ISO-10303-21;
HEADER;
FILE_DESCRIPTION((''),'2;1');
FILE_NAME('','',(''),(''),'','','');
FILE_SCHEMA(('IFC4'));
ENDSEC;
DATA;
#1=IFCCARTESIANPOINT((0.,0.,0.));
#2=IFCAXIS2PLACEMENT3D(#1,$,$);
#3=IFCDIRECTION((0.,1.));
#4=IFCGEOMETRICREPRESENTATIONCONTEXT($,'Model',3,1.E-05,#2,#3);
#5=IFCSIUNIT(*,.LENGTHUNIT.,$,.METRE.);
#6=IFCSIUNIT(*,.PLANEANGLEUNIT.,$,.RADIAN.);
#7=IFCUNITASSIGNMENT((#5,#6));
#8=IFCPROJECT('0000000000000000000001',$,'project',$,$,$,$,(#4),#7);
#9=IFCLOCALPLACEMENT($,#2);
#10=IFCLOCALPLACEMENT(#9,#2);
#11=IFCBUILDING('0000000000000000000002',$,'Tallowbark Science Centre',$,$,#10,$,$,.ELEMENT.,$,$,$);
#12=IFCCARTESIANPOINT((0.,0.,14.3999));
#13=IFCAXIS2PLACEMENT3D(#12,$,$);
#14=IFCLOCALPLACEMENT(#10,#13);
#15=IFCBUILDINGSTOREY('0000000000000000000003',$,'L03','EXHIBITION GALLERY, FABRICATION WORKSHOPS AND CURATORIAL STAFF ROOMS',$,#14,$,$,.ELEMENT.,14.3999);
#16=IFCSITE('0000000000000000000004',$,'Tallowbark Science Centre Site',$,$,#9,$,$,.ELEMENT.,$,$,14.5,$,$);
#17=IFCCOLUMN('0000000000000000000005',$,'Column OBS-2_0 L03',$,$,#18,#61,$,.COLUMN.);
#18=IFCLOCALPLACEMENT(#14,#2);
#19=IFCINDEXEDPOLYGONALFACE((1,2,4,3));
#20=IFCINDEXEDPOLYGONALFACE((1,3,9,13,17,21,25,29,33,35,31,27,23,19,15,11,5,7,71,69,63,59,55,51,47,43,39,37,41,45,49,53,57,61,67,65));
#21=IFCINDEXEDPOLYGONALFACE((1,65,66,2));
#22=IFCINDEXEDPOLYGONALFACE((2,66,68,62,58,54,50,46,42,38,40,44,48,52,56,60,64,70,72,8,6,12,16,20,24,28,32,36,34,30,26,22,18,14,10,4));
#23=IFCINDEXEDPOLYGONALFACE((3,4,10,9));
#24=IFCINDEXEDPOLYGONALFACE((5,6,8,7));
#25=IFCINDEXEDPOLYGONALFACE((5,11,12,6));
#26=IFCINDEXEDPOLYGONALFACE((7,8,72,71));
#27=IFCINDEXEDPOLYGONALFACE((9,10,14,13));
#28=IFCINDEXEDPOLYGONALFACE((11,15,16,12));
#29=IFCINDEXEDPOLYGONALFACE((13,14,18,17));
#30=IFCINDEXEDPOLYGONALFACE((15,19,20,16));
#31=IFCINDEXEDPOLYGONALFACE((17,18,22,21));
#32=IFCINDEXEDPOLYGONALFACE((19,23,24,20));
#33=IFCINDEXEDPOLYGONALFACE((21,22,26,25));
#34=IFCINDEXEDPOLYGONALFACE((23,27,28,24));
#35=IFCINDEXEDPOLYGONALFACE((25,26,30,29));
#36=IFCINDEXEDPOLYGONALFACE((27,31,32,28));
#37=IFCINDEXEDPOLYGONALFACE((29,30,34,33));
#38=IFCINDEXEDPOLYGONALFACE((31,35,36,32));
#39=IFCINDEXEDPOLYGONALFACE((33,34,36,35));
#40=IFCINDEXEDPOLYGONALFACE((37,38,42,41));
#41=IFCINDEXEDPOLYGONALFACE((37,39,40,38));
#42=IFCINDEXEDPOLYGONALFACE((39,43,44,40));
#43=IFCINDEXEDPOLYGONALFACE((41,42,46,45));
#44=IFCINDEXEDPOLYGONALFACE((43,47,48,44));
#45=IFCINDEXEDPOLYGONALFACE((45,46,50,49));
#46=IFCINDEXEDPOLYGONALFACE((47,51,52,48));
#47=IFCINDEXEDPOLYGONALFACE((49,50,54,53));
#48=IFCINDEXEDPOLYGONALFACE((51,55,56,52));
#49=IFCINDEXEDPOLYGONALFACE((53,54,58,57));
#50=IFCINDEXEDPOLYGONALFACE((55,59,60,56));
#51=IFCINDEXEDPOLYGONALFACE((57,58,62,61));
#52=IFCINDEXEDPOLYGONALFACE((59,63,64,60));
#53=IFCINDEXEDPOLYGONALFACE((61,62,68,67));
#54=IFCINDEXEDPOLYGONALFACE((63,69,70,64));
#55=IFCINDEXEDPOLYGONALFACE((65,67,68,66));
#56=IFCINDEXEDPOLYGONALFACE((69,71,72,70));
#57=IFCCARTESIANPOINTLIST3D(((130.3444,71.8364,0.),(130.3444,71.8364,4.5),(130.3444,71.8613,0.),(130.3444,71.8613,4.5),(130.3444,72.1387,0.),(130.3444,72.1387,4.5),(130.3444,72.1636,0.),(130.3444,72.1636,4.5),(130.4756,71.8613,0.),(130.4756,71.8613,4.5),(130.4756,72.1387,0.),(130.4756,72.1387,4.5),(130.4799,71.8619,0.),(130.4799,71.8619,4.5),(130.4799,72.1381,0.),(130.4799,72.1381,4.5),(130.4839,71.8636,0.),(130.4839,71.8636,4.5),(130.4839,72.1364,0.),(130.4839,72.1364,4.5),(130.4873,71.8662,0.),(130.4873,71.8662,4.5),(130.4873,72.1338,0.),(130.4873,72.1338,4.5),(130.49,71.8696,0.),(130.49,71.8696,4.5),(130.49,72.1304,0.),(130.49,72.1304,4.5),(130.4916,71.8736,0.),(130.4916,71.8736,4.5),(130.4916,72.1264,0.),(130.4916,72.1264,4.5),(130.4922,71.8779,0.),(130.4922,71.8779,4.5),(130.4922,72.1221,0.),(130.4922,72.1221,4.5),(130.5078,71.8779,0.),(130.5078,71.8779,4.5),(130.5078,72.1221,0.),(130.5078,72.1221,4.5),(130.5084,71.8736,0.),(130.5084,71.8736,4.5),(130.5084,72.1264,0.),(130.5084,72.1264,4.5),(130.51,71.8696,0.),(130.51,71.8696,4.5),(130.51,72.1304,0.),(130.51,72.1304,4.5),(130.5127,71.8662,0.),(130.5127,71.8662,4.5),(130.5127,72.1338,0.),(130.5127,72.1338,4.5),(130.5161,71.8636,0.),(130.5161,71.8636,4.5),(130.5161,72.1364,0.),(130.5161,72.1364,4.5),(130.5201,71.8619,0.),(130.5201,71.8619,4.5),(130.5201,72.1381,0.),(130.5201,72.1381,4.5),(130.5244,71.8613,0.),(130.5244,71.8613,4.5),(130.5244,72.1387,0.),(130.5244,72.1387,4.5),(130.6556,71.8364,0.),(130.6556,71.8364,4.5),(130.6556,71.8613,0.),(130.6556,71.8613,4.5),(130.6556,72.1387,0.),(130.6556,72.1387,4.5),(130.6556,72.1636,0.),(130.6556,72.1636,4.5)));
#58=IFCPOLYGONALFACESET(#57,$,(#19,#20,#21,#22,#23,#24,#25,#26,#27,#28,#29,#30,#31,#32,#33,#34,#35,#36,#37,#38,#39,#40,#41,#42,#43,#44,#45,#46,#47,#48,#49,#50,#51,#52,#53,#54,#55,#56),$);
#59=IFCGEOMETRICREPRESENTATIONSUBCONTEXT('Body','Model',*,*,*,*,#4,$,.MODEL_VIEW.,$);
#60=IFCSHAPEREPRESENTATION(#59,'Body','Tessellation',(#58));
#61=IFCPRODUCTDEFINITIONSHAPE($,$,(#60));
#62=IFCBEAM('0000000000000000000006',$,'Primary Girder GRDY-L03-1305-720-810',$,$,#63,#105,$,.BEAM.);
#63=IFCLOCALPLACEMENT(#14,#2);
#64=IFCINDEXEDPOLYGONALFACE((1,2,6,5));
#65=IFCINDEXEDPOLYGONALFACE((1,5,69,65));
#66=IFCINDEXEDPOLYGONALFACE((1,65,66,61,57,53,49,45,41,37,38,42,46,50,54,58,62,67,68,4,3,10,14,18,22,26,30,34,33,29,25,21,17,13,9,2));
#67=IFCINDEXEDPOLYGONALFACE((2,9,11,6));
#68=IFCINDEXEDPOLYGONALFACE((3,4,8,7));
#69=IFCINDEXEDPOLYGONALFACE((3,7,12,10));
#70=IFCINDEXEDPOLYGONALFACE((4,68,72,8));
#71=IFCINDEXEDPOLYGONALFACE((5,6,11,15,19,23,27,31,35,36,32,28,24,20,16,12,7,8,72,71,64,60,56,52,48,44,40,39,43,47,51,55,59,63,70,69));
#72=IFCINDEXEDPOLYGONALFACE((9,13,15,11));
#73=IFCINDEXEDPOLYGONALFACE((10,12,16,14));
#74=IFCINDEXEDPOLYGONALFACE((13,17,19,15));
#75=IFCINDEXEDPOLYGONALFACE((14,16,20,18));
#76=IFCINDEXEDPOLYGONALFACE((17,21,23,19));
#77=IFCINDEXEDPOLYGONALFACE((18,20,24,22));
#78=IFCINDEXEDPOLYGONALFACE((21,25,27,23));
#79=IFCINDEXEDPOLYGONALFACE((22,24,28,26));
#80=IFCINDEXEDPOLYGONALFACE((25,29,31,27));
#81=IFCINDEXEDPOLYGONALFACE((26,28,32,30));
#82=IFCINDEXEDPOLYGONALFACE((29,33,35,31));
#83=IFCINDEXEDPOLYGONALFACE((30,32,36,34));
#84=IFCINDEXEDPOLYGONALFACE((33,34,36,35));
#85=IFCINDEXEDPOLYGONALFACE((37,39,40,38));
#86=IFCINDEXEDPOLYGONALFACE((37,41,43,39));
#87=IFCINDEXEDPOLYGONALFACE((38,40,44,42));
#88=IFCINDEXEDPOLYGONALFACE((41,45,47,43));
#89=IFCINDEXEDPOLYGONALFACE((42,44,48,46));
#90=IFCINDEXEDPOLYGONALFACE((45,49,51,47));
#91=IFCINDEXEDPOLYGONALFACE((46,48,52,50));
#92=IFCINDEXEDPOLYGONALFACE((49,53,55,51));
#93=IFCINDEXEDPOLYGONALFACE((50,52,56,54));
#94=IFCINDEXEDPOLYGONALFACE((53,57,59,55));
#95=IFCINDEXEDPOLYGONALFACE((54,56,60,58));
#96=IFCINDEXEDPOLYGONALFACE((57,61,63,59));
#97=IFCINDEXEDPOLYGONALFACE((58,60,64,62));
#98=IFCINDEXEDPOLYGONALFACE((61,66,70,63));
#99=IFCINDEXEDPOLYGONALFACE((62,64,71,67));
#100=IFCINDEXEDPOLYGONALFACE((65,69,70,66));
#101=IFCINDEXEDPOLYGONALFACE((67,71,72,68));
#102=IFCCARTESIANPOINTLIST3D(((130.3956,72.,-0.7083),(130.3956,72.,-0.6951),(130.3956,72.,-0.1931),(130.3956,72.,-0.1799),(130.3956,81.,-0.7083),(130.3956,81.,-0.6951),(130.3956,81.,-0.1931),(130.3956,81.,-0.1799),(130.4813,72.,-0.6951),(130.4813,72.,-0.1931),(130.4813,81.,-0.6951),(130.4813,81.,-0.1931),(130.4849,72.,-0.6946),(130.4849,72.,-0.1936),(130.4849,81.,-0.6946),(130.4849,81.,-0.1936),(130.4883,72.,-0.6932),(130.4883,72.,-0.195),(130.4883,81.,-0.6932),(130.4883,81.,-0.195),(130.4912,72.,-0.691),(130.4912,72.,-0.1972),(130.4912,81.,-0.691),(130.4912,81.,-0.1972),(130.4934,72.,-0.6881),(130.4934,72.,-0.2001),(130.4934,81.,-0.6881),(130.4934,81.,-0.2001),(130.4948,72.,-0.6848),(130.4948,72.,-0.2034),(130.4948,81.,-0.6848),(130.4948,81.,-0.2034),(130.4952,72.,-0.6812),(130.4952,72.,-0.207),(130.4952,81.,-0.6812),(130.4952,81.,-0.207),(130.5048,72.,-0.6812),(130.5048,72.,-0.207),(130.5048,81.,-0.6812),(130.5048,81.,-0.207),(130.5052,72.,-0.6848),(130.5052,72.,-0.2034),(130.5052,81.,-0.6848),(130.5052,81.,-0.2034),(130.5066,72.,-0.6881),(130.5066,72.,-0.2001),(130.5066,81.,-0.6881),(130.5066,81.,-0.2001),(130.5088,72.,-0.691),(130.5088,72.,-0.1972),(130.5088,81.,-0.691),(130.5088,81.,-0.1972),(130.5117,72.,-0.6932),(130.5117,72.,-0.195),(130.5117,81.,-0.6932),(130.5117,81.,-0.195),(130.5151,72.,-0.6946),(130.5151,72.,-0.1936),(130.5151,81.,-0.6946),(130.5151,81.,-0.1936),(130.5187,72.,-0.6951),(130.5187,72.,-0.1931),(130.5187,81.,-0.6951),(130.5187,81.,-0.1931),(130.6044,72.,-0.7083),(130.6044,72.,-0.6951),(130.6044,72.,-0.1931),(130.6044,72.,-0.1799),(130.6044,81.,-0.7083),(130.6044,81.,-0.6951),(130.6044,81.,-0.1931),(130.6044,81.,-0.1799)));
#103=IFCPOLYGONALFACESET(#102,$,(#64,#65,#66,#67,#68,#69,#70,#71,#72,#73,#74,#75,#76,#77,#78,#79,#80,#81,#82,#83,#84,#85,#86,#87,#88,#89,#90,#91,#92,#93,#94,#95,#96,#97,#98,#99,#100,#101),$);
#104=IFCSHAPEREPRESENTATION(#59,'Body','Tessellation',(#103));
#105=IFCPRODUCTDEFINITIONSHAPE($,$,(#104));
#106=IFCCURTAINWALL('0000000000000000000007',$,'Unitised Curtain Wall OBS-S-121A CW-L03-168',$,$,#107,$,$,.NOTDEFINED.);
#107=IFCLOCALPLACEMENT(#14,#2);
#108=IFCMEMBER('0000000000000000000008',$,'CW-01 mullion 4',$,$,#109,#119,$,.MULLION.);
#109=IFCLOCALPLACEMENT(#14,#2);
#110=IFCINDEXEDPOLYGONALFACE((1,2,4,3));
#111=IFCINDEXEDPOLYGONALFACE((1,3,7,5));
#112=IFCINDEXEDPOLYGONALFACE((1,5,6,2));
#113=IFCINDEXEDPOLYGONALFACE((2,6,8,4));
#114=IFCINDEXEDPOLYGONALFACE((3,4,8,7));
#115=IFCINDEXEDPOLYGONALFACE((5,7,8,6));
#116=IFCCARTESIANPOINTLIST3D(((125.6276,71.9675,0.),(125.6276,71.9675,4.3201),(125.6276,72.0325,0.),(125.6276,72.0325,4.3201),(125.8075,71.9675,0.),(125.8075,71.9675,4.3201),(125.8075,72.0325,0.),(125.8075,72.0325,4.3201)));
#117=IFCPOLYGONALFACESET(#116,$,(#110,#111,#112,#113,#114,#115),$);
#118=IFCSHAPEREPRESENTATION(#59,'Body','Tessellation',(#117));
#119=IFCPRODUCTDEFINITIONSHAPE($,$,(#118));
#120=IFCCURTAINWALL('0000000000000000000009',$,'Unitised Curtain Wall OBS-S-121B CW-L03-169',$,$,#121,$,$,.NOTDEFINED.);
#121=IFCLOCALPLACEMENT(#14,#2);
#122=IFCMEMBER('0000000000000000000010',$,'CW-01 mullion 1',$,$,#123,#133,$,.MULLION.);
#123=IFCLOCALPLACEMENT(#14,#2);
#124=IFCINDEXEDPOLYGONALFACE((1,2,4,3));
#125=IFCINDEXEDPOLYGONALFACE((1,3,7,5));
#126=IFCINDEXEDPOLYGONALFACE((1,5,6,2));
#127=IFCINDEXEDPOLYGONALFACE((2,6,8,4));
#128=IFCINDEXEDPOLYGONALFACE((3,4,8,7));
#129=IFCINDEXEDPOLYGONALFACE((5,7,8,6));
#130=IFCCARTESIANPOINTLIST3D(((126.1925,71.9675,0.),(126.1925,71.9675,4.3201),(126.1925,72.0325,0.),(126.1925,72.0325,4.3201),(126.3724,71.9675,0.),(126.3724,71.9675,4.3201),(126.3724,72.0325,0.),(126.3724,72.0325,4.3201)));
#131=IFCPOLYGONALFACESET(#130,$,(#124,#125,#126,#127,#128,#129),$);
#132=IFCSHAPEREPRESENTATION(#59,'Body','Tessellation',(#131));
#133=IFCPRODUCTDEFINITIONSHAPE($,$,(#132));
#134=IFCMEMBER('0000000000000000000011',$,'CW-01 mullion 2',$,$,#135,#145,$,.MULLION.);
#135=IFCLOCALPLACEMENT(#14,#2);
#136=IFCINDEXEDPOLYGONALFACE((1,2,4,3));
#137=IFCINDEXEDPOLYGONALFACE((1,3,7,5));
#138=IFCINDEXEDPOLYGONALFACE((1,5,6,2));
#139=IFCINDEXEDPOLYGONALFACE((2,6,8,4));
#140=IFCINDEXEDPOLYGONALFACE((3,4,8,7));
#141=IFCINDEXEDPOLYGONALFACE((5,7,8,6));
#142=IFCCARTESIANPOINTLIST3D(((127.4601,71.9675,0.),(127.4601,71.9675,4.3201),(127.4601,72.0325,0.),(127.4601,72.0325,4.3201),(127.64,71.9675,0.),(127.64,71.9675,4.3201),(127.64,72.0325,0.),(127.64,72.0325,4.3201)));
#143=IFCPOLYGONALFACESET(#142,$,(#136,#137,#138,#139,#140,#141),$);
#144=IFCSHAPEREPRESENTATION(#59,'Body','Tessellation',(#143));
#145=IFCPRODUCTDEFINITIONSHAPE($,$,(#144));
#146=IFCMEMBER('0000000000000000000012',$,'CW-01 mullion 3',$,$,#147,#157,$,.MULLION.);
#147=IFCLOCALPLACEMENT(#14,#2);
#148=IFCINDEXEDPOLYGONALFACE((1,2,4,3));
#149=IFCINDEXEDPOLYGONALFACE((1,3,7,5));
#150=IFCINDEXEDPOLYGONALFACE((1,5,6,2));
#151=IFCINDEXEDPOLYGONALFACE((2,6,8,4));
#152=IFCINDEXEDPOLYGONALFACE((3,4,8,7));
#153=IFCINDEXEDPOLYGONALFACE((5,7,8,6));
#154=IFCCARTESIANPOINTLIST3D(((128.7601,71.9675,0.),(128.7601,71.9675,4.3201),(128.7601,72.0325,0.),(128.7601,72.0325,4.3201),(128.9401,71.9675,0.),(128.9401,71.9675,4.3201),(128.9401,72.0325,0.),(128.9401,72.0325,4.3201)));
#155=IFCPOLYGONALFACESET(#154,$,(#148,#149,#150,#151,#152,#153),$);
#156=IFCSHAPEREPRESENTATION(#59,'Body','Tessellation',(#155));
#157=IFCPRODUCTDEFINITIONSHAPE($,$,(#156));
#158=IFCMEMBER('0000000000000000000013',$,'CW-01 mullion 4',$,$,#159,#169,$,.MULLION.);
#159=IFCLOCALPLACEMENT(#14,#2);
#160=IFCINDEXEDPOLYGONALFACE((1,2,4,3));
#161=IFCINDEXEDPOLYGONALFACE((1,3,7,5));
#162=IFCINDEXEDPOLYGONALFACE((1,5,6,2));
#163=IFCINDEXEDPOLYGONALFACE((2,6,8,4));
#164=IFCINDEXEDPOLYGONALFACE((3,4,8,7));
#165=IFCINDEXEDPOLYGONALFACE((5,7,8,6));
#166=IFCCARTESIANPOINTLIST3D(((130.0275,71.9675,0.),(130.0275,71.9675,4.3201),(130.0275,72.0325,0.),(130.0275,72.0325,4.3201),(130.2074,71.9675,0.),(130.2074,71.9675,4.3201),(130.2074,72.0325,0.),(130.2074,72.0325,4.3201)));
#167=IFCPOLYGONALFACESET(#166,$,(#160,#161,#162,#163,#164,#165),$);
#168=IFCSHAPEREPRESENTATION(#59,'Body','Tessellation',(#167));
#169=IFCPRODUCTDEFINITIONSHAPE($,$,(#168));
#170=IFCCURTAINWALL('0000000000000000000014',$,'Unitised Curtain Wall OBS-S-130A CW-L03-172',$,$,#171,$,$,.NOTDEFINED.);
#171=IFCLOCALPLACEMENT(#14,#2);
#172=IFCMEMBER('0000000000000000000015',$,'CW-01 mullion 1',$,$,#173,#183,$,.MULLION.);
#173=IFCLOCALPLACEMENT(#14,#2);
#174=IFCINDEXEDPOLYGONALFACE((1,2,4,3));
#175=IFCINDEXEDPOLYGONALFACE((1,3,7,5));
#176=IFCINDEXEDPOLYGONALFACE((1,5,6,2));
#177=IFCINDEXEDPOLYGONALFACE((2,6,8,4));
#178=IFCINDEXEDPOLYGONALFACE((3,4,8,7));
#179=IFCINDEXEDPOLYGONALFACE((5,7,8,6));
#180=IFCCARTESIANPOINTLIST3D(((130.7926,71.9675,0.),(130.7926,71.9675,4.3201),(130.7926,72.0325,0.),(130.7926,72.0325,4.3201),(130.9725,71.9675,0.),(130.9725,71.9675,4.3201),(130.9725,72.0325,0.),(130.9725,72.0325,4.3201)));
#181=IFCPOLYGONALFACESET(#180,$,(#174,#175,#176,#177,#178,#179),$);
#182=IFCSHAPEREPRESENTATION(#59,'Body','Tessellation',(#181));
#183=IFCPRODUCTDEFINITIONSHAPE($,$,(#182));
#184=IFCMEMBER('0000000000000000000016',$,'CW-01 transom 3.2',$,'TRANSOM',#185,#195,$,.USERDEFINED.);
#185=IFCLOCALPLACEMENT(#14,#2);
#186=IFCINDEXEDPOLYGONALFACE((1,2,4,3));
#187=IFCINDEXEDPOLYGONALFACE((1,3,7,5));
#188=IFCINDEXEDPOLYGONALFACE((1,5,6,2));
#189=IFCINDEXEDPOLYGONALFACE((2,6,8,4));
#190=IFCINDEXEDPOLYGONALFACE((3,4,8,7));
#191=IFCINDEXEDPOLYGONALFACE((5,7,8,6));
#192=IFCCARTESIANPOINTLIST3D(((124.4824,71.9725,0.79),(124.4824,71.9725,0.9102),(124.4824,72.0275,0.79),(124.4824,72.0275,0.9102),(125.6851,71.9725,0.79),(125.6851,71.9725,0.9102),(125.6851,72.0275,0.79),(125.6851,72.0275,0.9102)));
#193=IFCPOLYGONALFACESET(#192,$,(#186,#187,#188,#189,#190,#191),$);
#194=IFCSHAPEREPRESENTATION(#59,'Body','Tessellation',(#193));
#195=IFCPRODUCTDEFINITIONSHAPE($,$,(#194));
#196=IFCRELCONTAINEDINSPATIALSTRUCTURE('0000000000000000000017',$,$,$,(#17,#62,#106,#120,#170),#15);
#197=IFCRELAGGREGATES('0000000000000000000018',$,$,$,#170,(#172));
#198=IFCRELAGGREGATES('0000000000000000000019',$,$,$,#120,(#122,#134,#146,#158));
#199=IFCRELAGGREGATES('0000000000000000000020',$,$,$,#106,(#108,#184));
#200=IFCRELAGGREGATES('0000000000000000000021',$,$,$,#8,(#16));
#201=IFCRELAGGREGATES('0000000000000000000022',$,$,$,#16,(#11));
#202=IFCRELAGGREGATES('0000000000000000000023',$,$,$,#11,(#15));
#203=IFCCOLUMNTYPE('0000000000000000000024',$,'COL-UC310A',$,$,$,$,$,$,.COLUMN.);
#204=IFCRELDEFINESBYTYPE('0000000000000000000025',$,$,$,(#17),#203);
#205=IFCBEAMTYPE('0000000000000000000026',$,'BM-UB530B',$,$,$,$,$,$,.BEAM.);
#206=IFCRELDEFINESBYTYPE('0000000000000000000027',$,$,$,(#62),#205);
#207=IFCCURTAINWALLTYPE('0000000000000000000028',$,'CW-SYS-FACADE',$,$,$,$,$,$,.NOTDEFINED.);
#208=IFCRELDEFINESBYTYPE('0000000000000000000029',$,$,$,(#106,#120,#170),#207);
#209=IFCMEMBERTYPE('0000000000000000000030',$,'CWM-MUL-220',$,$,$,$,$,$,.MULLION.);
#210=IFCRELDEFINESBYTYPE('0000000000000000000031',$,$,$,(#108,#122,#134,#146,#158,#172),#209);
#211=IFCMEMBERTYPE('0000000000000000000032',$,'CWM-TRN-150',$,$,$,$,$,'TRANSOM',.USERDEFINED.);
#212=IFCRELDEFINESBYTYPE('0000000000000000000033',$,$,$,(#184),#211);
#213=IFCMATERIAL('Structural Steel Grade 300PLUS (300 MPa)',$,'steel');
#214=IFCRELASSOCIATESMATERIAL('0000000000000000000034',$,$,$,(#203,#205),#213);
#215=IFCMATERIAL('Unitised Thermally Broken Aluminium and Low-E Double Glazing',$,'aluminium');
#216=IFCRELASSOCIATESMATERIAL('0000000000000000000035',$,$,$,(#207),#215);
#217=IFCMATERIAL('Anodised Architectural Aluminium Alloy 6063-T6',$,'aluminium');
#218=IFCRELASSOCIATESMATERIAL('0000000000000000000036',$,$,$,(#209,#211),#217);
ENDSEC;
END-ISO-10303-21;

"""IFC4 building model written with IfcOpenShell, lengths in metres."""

from ifc_helpers import new_model, si_unit, direction, frame, origin, origin_2d, place, context, subcontext, project, spatial, rectangle, i_section, extrude, material, material_profile, profile_set, type_object, element, aggregate, save


model = new_model("IFC4")

# Units and contexts
model_context = context("Model", 3, precision=1e-05, world=origin(), true_north=direction((0.0, 1.0)))
body_context = subcontext(model_context, "Body", "Model", "MODEL_VIEW")
ifc_project = project(units=[si_unit("LENGTHUNIT", "METRE"), si_unit("PLANEANGLEUNIT", "RADIAN")], contexts=[model_context])

# Site, building, storey
site_placement = place(None, origin())
site = spatial("IfcSite", under=ifc_project, at=site_placement, Name="Tallowbark Science Centre Site", CompositionType="ELEMENT", RefElevation=14.5)
building_placement = place(site_placement, origin())
building = spatial("IfcBuilding", under=site, at=building_placement, Name="Tallowbark Science Centre", CompositionType="ELEMENT")
storey_placement = place(building_placement, frame((0.0, 0.0, 14.3999)))
storey = spatial("IfcBuildingStorey", under=building, at=storey_placement, Name="L03", Description="EXHIBITION GALLERY, FABRICATION WORKSHOPS AND CURATORIAL STAFF ROOMS", CompositionType="ELEMENT", Elevation=14.3999)

# Column
ifc_material_1 = material(Name="Structural Steel Grade 300PLUS (300 MPa)", Category="steel")
ifc_material_profile_1 = material_profile(ifc_material_1, i_section(OverallWidth=0.3113, OverallDepth=0.3271, WebThickness=0.0156, FlangeThickness=0.0249, FilletRadius=0.0166, at=origin_2d()), Name="310UC158")
ifc_profile_set_1 = profile_set([ifc_material_profile_1], Name="Structural Steel Grade 300PLUS (300 MPa)")
column_type = type_object("IfcColumnType", Name="COL-UC310A", PredefinedType="COLUMN", material=ifc_profile_set_1)
column_placement = place(storey_placement, frame((130.5, 72.0, 0.0), z_axis=(0.0, 0.0, 1.0), x_axis=(1.0, 0.0, 0.0)))
element("IfcColumn", 1, at=column_placement, inside=storey, type_object=column_type, Name="Column OBS-2_0 L03", PredefinedType="COLUMN", context=body_context, shape_type="SweptSolid", body=[
    extrude(i_section(OverallWidth=0.3113, OverallDepth=0.3271, WebThickness=0.0156, FlangeThickness=0.0249, FilletRadius=0.0166, at=origin_2d()), origin(), (0.0, 0.0, 1.0), 4.5),
])

# Beam
ifc_material_profile_2 = material_profile(ifc_material_1, i_section(OverallWidth=0.2087, OverallDepth=0.5283, WebThickness=0.0095, FlangeThickness=0.0132, FilletRadius=0.0139, at=origin_2d()), Name="530UB82.0")
ifc_profile_set_2 = profile_set([ifc_material_profile_2], Name="Structural Steel Grade 300PLUS (300 MPa)")
beam_type_1 = type_object("IfcBeamType", Name="BM-UB530B", PredefinedType="BEAM", material=ifc_profile_set_2)
beam_1_placement = place(storey_placement, frame((130.5, 72.0, -0.4441), z_axis=(0.0, 1.0, 0.0), x_axis=(-1.0, 0.0, 0.0)))
element("IfcBeam", 2, at=beam_1_placement, inside=storey, type_object=beam_type_1, Name="Primary Girder GRDY-L03-1305-720-810", PredefinedType="BEAM", context=body_context, shape_type="SweptSolid", body=[
    extrude(i_section(OverallWidth=0.2087, OverallDepth=0.5283, WebThickness=0.0095, FlangeThickness=0.0132, FilletRadius=0.0139, at=origin_2d()), origin(), (0.0, 0.0, 1.0), 9.0),
])

# Curtain wall, member
ifc_material_2 = material(Name="Unitised Thermally Broken Aluminium and Low-E Double Glazing", Category="aluminium")
curtain_wall_type = type_object("IfcCurtainWallType", Name="CW-SYS-FACADE", PredefinedType="NOTDEFINED", material=ifc_material_2)
curtain_wall_1_placement = place(storey_placement, origin())
curtain_wall_1 = element("IfcCurtainWall", 3, at=curtain_wall_1_placement, inside=storey, type_object=curtain_wall_type, Name="Unitised Curtain Wall OBS-S-121A CW-L03-168", PredefinedType="NOTDEFINED")
ifc_material_3 = material(Name="Anodised Architectural Aluminium Alloy 6063-T6", Category="aluminium")
ifc_material_profile_3 = material_profile(ifc_material_3, rectangle(XDim=0.0649, YDim=0.1799, at=origin_2d()), Name="ALU65x180")
ifc_profile_set_3 = profile_set([ifc_material_profile_3], Name="Anodised Architectural Aluminium Alloy 6063-T6")
member_type_1 = type_object("IfcMemberType", Name="CWM-MUL-220", PredefinedType="MULLION", material=ifc_profile_set_3)
member_1_placement = place(storey_placement, frame((125.7175, 72.0, 0.0), z_axis=(0.0, 0.0, 1.0), x_axis=(0.0, 1.0, 0.0)))
member_1 = element("IfcMember", 4, at=member_1_placement, type_object=member_type_1, Name="CW-01 mullion 4", PredefinedType="MULLION", context=body_context, shape_type="SweptSolid", body=[
    extrude(rectangle(XDim=0.0649, YDim=0.1799, at=origin_2d()), origin(), (0.0, 0.0, 1.0), 4.3201),
])

# Curtain wall, members
curtain_wall_2_placement = place(storey_placement, origin())
curtain_wall_2 = element("IfcCurtainWall", 5, at=curtain_wall_2_placement, inside=storey, type_object=curtain_wall_type, Name="Unitised Curtain Wall OBS-S-121B CW-L03-169", PredefinedType="NOTDEFINED")
member_2_placement = place(storey_placement, frame((126.2825, 72.0, 0.0), z_axis=(0.0, 0.0, 1.0), x_axis=(0.0, 1.0, 0.0)))
member_2 = element("IfcMember", 6, at=member_2_placement, type_object=member_type_1, Name="CW-01 mullion 1", PredefinedType="MULLION", context=body_context, shape_type="SweptSolid", body=[
    extrude(rectangle(XDim=0.0649, YDim=0.1799, at=origin_2d()), origin(), (0.0, 0.0, 1.0), 4.3201),
])
member_3_placement = place(storey_placement, frame((127.55, 72.0, 0.0), z_axis=(0.0, 0.0, 1.0), x_axis=(0.0, 1.0, 0.0)))
member_3 = element("IfcMember", 7, at=member_3_placement, type_object=member_type_1, Name="CW-01 mullion 2", PredefinedType="MULLION", context=body_context, shape_type="SweptSolid", body=[
    extrude(rectangle(XDim=0.0649, YDim=0.1799, at=origin_2d()), origin(), (0.0, 0.0, 1.0), 4.3201),
])
member_4_placement = place(storey_placement, frame((128.8501, 72.0, 0.0), z_axis=(0.0, 0.0, 1.0), x_axis=(0.0, 1.0, 0.0)))
member_4 = element("IfcMember", 8, at=member_4_placement, type_object=member_type_1, Name="CW-01 mullion 3", PredefinedType="MULLION", context=body_context, shape_type="SweptSolid", body=[
    extrude(rectangle(XDim=0.0649, YDim=0.1799, at=origin_2d()), origin(), (0.0, 0.0, 1.0), 4.3201),
])
member_5_placement = place(storey_placement, frame((130.1174, 72.0, 0.0), z_axis=(0.0, 0.0, 1.0), x_axis=(0.0, 1.0, 0.0)))
member_5 = element("IfcMember", 9, at=member_5_placement, type_object=member_type_1, Name="CW-01 mullion 4", PredefinedType="MULLION", context=body_context, shape_type="SweptSolid", body=[
    extrude(rectangle(XDim=0.0649, YDim=0.1799, at=origin_2d()), origin(), (0.0, 0.0, 1.0), 4.3201),
])

# Curtain wall, member
curtain_wall_3_placement = place(storey_placement, origin())
curtain_wall_3 = element("IfcCurtainWall", 10, at=curtain_wall_3_placement, inside=storey, type_object=curtain_wall_type, Name="Unitised Curtain Wall OBS-S-130A CW-L03-172", PredefinedType="NOTDEFINED")
member_6_placement = place(storey_placement, frame((130.8826, 72.0, 0.0), z_axis=(0.0, 0.0, 1.0), x_axis=(0.0, 1.0, 0.0)))
member_6 = element("IfcMember", 11, at=member_6_placement, type_object=member_type_1, Name="CW-01 mullion 1", PredefinedType="MULLION", context=body_context, shape_type="SweptSolid", body=[
    extrude(rectangle(XDim=0.0649, YDim=0.1799, at=origin_2d()), origin(), (0.0, 0.0, 1.0), 4.3201),
])

# Member
ifc_material_profile_4 = material_profile(ifc_material_3, rectangle(XDim=0.0549, YDim=0.1201, at=origin_2d()), Name="ALU55x120")
ifc_profile_set_4 = profile_set([ifc_material_profile_4], Name="Anodised Architectural Aluminium Alloy 6063-T6")
member_type_2 = type_object("IfcMemberType", Name="CWM-TRN-150", ElementType="TRANSOM", PredefinedType="USERDEFINED", material=ifc_profile_set_4)
member_7_placement = place(storey_placement, frame((124.4824, 72.0, 0.8501), z_axis=(1.0, 0.0, 0.0), x_axis=(0.0, 1.0, 0.0)))
member_7 = element("IfcMember", 12, at=member_7_placement, type_object=member_type_2, Name="CW-01 transom 3.2", ObjectType="TRANSOM", PredefinedType="USERDEFINED", context=body_context, shape_type="SweptSolid", body=[
    extrude(rectangle(XDim=0.0549, YDim=0.1201, at=origin_2d()), origin(), (0.0, 0.0, 1.0), 1.2026),
])
aggregate(curtain_wall_3, [member_6])

aggregate(curtain_wall_2, [member_2, member_3, member_4, member_5])
aggregate(curtain_wall_1, [member_1, member_7])

save(model, "model.ifc")
